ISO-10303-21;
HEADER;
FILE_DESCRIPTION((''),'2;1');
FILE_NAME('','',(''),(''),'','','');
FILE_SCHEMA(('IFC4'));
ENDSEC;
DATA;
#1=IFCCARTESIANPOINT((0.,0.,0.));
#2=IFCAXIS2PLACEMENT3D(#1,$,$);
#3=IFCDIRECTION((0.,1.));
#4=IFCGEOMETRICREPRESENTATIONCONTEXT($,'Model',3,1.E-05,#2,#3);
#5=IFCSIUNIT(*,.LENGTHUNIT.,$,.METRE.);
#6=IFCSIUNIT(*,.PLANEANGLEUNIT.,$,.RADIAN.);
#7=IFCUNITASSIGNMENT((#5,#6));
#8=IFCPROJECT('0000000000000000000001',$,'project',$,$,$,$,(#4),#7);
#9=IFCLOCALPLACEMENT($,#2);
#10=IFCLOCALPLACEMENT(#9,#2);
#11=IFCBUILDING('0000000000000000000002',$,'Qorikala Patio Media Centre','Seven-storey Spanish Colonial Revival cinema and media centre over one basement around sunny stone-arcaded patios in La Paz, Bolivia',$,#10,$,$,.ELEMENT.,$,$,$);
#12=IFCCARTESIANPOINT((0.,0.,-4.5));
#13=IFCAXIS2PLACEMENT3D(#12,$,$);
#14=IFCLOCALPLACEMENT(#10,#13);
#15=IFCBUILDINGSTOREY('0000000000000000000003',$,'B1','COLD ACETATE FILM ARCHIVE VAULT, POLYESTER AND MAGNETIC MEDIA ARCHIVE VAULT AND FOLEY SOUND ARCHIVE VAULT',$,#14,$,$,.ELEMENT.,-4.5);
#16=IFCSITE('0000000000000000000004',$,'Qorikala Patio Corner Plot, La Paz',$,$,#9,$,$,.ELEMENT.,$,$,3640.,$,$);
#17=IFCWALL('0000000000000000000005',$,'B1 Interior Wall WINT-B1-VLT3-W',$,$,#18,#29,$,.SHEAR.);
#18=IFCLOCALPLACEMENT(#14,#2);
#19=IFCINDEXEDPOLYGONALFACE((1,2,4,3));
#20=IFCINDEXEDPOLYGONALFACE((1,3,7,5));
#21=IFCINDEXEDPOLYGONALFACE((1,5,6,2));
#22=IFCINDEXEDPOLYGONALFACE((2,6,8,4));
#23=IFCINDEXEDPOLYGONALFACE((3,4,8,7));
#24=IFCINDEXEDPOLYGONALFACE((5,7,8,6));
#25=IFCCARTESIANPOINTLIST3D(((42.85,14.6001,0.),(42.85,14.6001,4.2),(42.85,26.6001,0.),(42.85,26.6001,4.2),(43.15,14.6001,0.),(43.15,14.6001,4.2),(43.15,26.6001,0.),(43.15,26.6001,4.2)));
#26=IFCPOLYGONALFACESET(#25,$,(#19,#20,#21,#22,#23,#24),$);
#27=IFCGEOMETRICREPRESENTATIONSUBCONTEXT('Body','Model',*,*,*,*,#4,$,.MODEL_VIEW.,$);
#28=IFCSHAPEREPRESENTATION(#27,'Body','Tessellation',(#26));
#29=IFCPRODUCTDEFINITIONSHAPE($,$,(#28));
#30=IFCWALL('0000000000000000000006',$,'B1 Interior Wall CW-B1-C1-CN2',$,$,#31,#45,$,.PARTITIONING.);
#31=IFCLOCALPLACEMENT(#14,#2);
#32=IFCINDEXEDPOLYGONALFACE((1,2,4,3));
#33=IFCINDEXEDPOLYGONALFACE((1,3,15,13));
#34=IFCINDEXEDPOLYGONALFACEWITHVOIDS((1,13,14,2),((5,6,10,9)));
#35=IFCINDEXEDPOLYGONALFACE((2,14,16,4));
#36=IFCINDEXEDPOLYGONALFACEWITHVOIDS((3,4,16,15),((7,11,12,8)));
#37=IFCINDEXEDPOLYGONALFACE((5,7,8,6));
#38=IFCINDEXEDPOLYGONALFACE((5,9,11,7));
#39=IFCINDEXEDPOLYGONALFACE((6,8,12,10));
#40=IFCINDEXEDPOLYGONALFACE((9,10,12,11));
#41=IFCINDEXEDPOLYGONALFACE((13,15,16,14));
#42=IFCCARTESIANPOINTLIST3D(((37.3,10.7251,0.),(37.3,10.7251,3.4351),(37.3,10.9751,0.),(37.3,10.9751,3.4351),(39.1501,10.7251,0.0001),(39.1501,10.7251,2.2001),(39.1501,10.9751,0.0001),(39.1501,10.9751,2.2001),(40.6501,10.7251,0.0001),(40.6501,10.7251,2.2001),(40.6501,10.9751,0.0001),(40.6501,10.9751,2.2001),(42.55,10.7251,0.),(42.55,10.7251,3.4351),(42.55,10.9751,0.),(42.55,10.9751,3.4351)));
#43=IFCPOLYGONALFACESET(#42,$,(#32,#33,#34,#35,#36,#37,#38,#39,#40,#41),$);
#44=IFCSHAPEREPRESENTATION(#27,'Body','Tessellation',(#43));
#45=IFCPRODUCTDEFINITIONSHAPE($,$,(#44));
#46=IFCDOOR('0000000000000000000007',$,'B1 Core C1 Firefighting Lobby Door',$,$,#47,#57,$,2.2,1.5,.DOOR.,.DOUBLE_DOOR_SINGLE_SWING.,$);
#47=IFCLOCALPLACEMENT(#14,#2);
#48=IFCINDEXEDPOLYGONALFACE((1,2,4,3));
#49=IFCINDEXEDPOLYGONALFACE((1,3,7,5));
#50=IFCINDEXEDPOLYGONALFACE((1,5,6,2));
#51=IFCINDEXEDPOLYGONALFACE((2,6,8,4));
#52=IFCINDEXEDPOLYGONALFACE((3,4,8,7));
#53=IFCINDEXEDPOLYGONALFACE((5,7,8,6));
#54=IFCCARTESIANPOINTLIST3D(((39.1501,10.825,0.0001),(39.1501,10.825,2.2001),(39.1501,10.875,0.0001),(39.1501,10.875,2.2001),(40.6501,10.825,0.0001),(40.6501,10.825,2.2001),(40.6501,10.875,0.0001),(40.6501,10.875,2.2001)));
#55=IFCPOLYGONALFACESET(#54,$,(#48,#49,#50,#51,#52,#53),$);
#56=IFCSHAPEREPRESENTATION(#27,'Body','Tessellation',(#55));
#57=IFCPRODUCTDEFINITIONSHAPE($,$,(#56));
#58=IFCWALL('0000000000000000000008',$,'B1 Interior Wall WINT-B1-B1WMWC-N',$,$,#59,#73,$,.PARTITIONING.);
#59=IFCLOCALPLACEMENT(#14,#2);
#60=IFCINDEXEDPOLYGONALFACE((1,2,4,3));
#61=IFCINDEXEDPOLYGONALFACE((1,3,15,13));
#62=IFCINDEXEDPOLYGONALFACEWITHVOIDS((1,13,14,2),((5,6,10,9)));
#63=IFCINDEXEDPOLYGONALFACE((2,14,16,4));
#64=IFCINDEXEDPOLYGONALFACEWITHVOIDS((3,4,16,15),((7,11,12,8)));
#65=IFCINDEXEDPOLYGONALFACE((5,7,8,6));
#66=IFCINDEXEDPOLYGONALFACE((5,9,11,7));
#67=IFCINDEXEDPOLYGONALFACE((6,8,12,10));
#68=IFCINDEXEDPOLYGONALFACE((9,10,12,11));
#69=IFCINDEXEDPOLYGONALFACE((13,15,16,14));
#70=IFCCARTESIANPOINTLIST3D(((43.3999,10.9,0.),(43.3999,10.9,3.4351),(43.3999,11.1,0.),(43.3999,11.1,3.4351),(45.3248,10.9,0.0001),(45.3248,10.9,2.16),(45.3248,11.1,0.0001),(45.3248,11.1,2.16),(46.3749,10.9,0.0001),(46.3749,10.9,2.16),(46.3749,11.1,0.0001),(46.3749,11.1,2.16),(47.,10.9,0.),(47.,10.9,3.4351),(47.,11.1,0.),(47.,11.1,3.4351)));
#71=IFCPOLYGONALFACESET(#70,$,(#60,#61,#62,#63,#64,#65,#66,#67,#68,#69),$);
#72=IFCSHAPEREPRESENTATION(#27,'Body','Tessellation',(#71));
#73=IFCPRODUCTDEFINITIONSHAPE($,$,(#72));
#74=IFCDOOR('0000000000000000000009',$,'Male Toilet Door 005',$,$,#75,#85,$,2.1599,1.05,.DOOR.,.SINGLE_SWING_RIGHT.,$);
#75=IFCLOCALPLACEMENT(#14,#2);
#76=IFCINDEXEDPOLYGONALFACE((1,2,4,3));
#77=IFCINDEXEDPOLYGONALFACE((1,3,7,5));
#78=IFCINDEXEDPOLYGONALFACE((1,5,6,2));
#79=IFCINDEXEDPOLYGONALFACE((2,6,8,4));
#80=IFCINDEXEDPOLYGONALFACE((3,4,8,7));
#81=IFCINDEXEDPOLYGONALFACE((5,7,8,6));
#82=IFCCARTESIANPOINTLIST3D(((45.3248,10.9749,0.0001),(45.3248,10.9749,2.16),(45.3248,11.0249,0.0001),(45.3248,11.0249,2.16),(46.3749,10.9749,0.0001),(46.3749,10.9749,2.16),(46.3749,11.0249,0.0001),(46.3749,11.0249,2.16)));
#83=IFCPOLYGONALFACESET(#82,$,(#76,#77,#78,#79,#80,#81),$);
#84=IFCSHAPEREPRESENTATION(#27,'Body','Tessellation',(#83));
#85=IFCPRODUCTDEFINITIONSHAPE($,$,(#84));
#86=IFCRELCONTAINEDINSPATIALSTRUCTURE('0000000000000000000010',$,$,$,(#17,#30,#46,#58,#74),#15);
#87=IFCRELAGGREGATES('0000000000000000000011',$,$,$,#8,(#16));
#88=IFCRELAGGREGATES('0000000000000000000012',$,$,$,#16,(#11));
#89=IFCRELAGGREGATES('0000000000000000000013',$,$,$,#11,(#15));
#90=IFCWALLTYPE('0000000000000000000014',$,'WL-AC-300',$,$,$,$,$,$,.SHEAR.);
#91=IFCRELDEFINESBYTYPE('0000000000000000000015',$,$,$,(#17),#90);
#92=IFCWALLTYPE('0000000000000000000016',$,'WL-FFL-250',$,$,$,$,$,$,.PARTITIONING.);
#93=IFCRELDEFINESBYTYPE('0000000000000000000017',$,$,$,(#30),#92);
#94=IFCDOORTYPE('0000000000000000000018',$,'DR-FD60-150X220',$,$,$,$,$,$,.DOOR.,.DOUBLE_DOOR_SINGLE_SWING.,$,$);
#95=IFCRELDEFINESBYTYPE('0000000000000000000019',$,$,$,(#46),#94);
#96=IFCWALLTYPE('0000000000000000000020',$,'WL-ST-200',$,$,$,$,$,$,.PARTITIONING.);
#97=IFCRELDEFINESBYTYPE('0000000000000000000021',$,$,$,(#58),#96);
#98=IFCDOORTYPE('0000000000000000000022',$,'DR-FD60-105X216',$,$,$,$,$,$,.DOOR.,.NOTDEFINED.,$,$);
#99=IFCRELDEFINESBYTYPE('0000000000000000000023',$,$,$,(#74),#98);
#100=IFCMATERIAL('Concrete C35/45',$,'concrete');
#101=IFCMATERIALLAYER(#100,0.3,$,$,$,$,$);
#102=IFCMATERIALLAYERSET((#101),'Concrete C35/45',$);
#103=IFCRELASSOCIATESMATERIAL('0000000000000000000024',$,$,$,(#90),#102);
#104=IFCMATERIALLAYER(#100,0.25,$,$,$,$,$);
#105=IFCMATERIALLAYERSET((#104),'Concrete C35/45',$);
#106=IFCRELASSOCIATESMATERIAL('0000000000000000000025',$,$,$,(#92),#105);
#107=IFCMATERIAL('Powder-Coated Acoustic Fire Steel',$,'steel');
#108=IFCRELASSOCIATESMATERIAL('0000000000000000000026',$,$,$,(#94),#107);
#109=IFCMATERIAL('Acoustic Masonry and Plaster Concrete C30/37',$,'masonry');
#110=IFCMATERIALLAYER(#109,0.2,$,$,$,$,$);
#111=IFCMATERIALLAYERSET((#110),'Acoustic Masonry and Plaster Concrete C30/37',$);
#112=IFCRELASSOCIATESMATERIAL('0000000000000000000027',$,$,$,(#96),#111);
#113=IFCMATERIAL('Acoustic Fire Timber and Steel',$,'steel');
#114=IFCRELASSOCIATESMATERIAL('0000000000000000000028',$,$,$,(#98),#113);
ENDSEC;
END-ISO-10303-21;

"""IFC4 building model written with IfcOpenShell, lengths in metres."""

from ifc_helpers import new_model, si_unit, direction, frame, frame_2d, origin, place, context, subcontext, project, spatial, rectangle, extrude, material, layer, layer_set, type_object, element, fill, save


model = new_model("IFC4")

# Units and contexts
model_context = context("Model", 3, precision=1e-05, world=origin(), true_north=direction((0.0, 1.0)))
body_context = subcontext(model_context, "Body", "Model", "MODEL_VIEW")
ifc_project = project(units=[si_unit("LENGTHUNIT", "METRE"), si_unit("PLANEANGLEUNIT", "RADIAN")], contexts=[model_context])

# Site, building, storey
site_placement = place(None, origin())
site = spatial("IfcSite", under=ifc_project, at=site_placement, Name="Qorikala Patio Corner Plot, La Paz", CompositionType="ELEMENT", RefElevation=3640.0)
building_placement = place(site_placement, origin())
building = spatial("IfcBuilding", under=site, at=building_placement, Name="Qorikala Patio Media Centre", Description="Seven-storey Spanish Colonial Revival cinema and media centre over one basement around sunny stone-arcaded patios in La Paz, Bolivia", CompositionType="ELEMENT")
storey_placement = place(building_placement, frame((0.0, 0.0, -4.5)))
storey = spatial("IfcBuildingStorey", under=building, at=storey_placement, Name="B1", Description="COLD ACETATE FILM ARCHIVE VAULT, POLYESTER AND MAGNETIC MEDIA ARCHIVE VAULT AND FOLEY SOUND ARCHIVE VAULT", CompositionType="ELEMENT", Elevation=-4.5)

# Shared definitions
ifc_material_1 = material(Name="Concrete C35/45", Category="concrete")

# Shared definitions
ifc_layer_1 = layer(ifc_material_1, 0.3)
ifc_layer_set_1 = layer_set([ifc_layer_1], Name="Concrete C35/45")
wall_type_1 = type_object("IfcWallType", Name="WL-AC-300", PredefinedType="SHEAR", material=ifc_layer_set_1)

# Shared definitions
ifc_material_2 = material(Name="Powder-Coated Acoustic Fire Steel", Category="steel")

# Wall
wall_1_placement = place(storey_placement, frame((43.0, 14.6001, 0.0), z_axis=(0.0, 0.0, 1.0), x_axis=(0.0, 1.0, 0.0)))
element("IfcWall", 1, at=wall_1_placement, inside=storey, type_object=wall_type_1, Name="B1 Interior Wall WINT-B1-VLT3-W", PredefinedType="SHEAR", context=body_context, shape_type="SweptSolid", body=[
    extrude(rectangle(XDim=12.0, YDim=0.3, at=frame_2d((6.0, 0.0))), origin(), (0.0, 0.0, 1.0), 4.2),
])

# Walls, openings, doors
ifc_layer_2 = layer(ifc_material_1, 0.25)
ifc_layer_set_2 = layer_set([ifc_layer_2], Name="Concrete C35/45")
wall_type_2 = type_object("IfcWallType", Name="WL-FFL-250", PredefinedType="PARTITIONING", material=ifc_layer_set_2)
wall_2_placement = place(storey_placement, frame((37.3, 10.8501, 0.0), z_axis=(0.0, 0.0, 1.0), x_axis=(1.0, 0.0, 0.0)))
wall_2 = element("IfcWall", 2, at=wall_2_placement, inside=storey, type_object=wall_type_2, Name="B1 Interior Wall CW-B1-C1-CN2", PredefinedType="PARTITIONING", context=body_context, shape_type="SweptSolid", body=[
    extrude(rectangle(XDim=5.25, YDim=0.25, at=frame_2d((2.625, 0.0))), origin(), (0.0, 0.0, 1.0), 3.4351),
])
opening_1_placement = place(wall_2_placement, frame((1.8501, 0.0, 0.0)))
opening_1 = element("IfcOpeningElement", 3, at=opening_1_placement, cuts=wall_2, PredefinedType="OPENING", context=body_context, shape_type="SweptSolid", body=[
    extrude(rectangle(XDim=1.5, YDim=2.2, at=frame_2d((0.75, 1.1001))), frame((0.0, 0.135, 0.0), z_axis=(0.0, -1.0, 0.0), x_axis=(1.0, 0.0, 0.0)), (0.0, 0.0, 1.0), 0.27),
])
door_type_1 = type_object("IfcDoorType", Name="DR-FD60-150X220", OperationType="DOUBLE_DOOR_SINGLE_SWING", PredefinedType="DOOR", material=ifc_material_2)
door_1_placement = place(opening_1_placement, origin())
door_1 = element("IfcDoor", 4, at=door_1_placement, inside=storey, type_object=door_type_1, Name="B1 Core C1 Firefighting Lobby Door", OperationType="DOUBLE_DOOR_SINGLE_SWING", OverallHeight=2.2, OverallWidth=1.5, PredefinedType="DOOR", context=body_context, shape_type="SweptSolid", body=[
    extrude(rectangle(XDim=1.5, YDim=2.2, at=frame_2d((0.75, 1.1001))), frame((0.0, 0.0249, 0.0), z_axis=(0.0, -1.0, 0.0), x_axis=(1.0, 0.0, 0.0)), (0.0, 0.0, 1.0), 0.05),
])
fill(opening_1, door_1)
ifc_material_3 = material(Name="Acoustic Masonry and Plaster Concrete C30/37", Category="masonry")
ifc_layer_3 = layer(ifc_material_3, 0.2)
ifc_layer_set_3 = layer_set([ifc_layer_3], Name="Acoustic Masonry and Plaster Concrete C30/37")
wall_type_3 = type_object("IfcWallType", Name="WL-ST-200", PredefinedType="PARTITIONING", material=ifc_layer_set_3)
wall_3_placement = place(storey_placement, frame((43.3999, 11.0, 0.0), z_axis=(0.0, 0.0, 1.0), x_axis=(1.0, 0.0, 0.0)))
wall_3 = element("IfcWall", 5, at=wall_3_placement, inside=storey, type_object=wall_type_3, Name="B1 Interior Wall WINT-B1-B1WMWC-N", PredefinedType="PARTITIONING", context=body_context, shape_type="SweptSolid", body=[
    extrude(rectangle(XDim=3.6001, YDim=0.2, at=frame_2d((1.8, 0.0))), origin(), (0.0, 0.0, 1.0), 3.4351),
])
opening_2_placement = place(wall_3_placement, frame((1.925, 0.0, 0.0)))
opening_2 = element("IfcOpeningElement", 6, at=opening_2_placement, cuts=wall_3, PredefinedType="OPENING", context=body_context, shape_type="SweptSolid", body=[
    extrude(rectangle(XDim=1.05, YDim=2.1599, at=frame_2d((0.5249, 1.0801))), frame((0.0, 0.1099, 0.0), z_axis=(0.0, -1.0, 0.0), x_axis=(1.0, 0.0, 0.0)), (0.0, 0.0, 1.0), 0.22),
])
ifc_material_4 = material(Name="Acoustic Fire Timber and Steel", Category="steel")
door_type_2 = type_object("IfcDoorType", Name="DR-FD60-105X216", OperationType="NOTDEFINED", PredefinedType="DOOR", material=ifc_material_4)
door_2_placement = place(opening_2_placement, origin())
door_2 = element("IfcDoor", 7, at=door_2_placement, inside=storey, type_object=door_type_2, Name="Male Toilet Door 005", OperationType="SINGLE_SWING_RIGHT", OverallHeight=2.1599, OverallWidth=1.05, PredefinedType="DOOR", context=body_context, shape_type="SweptSolid", body=[
    extrude(rectangle(XDim=1.05, YDim=2.1599, at=frame_2d((0.5249, 1.0801))), frame((0.0, 0.0249, 0.0), z_axis=(0.0, -1.0, 0.0), x_axis=(1.0, 0.0, 0.0)), (0.0, 0.0, 1.0), 0.05),
])
fill(opening_2, door_2)

save(model, "model.ifc")
